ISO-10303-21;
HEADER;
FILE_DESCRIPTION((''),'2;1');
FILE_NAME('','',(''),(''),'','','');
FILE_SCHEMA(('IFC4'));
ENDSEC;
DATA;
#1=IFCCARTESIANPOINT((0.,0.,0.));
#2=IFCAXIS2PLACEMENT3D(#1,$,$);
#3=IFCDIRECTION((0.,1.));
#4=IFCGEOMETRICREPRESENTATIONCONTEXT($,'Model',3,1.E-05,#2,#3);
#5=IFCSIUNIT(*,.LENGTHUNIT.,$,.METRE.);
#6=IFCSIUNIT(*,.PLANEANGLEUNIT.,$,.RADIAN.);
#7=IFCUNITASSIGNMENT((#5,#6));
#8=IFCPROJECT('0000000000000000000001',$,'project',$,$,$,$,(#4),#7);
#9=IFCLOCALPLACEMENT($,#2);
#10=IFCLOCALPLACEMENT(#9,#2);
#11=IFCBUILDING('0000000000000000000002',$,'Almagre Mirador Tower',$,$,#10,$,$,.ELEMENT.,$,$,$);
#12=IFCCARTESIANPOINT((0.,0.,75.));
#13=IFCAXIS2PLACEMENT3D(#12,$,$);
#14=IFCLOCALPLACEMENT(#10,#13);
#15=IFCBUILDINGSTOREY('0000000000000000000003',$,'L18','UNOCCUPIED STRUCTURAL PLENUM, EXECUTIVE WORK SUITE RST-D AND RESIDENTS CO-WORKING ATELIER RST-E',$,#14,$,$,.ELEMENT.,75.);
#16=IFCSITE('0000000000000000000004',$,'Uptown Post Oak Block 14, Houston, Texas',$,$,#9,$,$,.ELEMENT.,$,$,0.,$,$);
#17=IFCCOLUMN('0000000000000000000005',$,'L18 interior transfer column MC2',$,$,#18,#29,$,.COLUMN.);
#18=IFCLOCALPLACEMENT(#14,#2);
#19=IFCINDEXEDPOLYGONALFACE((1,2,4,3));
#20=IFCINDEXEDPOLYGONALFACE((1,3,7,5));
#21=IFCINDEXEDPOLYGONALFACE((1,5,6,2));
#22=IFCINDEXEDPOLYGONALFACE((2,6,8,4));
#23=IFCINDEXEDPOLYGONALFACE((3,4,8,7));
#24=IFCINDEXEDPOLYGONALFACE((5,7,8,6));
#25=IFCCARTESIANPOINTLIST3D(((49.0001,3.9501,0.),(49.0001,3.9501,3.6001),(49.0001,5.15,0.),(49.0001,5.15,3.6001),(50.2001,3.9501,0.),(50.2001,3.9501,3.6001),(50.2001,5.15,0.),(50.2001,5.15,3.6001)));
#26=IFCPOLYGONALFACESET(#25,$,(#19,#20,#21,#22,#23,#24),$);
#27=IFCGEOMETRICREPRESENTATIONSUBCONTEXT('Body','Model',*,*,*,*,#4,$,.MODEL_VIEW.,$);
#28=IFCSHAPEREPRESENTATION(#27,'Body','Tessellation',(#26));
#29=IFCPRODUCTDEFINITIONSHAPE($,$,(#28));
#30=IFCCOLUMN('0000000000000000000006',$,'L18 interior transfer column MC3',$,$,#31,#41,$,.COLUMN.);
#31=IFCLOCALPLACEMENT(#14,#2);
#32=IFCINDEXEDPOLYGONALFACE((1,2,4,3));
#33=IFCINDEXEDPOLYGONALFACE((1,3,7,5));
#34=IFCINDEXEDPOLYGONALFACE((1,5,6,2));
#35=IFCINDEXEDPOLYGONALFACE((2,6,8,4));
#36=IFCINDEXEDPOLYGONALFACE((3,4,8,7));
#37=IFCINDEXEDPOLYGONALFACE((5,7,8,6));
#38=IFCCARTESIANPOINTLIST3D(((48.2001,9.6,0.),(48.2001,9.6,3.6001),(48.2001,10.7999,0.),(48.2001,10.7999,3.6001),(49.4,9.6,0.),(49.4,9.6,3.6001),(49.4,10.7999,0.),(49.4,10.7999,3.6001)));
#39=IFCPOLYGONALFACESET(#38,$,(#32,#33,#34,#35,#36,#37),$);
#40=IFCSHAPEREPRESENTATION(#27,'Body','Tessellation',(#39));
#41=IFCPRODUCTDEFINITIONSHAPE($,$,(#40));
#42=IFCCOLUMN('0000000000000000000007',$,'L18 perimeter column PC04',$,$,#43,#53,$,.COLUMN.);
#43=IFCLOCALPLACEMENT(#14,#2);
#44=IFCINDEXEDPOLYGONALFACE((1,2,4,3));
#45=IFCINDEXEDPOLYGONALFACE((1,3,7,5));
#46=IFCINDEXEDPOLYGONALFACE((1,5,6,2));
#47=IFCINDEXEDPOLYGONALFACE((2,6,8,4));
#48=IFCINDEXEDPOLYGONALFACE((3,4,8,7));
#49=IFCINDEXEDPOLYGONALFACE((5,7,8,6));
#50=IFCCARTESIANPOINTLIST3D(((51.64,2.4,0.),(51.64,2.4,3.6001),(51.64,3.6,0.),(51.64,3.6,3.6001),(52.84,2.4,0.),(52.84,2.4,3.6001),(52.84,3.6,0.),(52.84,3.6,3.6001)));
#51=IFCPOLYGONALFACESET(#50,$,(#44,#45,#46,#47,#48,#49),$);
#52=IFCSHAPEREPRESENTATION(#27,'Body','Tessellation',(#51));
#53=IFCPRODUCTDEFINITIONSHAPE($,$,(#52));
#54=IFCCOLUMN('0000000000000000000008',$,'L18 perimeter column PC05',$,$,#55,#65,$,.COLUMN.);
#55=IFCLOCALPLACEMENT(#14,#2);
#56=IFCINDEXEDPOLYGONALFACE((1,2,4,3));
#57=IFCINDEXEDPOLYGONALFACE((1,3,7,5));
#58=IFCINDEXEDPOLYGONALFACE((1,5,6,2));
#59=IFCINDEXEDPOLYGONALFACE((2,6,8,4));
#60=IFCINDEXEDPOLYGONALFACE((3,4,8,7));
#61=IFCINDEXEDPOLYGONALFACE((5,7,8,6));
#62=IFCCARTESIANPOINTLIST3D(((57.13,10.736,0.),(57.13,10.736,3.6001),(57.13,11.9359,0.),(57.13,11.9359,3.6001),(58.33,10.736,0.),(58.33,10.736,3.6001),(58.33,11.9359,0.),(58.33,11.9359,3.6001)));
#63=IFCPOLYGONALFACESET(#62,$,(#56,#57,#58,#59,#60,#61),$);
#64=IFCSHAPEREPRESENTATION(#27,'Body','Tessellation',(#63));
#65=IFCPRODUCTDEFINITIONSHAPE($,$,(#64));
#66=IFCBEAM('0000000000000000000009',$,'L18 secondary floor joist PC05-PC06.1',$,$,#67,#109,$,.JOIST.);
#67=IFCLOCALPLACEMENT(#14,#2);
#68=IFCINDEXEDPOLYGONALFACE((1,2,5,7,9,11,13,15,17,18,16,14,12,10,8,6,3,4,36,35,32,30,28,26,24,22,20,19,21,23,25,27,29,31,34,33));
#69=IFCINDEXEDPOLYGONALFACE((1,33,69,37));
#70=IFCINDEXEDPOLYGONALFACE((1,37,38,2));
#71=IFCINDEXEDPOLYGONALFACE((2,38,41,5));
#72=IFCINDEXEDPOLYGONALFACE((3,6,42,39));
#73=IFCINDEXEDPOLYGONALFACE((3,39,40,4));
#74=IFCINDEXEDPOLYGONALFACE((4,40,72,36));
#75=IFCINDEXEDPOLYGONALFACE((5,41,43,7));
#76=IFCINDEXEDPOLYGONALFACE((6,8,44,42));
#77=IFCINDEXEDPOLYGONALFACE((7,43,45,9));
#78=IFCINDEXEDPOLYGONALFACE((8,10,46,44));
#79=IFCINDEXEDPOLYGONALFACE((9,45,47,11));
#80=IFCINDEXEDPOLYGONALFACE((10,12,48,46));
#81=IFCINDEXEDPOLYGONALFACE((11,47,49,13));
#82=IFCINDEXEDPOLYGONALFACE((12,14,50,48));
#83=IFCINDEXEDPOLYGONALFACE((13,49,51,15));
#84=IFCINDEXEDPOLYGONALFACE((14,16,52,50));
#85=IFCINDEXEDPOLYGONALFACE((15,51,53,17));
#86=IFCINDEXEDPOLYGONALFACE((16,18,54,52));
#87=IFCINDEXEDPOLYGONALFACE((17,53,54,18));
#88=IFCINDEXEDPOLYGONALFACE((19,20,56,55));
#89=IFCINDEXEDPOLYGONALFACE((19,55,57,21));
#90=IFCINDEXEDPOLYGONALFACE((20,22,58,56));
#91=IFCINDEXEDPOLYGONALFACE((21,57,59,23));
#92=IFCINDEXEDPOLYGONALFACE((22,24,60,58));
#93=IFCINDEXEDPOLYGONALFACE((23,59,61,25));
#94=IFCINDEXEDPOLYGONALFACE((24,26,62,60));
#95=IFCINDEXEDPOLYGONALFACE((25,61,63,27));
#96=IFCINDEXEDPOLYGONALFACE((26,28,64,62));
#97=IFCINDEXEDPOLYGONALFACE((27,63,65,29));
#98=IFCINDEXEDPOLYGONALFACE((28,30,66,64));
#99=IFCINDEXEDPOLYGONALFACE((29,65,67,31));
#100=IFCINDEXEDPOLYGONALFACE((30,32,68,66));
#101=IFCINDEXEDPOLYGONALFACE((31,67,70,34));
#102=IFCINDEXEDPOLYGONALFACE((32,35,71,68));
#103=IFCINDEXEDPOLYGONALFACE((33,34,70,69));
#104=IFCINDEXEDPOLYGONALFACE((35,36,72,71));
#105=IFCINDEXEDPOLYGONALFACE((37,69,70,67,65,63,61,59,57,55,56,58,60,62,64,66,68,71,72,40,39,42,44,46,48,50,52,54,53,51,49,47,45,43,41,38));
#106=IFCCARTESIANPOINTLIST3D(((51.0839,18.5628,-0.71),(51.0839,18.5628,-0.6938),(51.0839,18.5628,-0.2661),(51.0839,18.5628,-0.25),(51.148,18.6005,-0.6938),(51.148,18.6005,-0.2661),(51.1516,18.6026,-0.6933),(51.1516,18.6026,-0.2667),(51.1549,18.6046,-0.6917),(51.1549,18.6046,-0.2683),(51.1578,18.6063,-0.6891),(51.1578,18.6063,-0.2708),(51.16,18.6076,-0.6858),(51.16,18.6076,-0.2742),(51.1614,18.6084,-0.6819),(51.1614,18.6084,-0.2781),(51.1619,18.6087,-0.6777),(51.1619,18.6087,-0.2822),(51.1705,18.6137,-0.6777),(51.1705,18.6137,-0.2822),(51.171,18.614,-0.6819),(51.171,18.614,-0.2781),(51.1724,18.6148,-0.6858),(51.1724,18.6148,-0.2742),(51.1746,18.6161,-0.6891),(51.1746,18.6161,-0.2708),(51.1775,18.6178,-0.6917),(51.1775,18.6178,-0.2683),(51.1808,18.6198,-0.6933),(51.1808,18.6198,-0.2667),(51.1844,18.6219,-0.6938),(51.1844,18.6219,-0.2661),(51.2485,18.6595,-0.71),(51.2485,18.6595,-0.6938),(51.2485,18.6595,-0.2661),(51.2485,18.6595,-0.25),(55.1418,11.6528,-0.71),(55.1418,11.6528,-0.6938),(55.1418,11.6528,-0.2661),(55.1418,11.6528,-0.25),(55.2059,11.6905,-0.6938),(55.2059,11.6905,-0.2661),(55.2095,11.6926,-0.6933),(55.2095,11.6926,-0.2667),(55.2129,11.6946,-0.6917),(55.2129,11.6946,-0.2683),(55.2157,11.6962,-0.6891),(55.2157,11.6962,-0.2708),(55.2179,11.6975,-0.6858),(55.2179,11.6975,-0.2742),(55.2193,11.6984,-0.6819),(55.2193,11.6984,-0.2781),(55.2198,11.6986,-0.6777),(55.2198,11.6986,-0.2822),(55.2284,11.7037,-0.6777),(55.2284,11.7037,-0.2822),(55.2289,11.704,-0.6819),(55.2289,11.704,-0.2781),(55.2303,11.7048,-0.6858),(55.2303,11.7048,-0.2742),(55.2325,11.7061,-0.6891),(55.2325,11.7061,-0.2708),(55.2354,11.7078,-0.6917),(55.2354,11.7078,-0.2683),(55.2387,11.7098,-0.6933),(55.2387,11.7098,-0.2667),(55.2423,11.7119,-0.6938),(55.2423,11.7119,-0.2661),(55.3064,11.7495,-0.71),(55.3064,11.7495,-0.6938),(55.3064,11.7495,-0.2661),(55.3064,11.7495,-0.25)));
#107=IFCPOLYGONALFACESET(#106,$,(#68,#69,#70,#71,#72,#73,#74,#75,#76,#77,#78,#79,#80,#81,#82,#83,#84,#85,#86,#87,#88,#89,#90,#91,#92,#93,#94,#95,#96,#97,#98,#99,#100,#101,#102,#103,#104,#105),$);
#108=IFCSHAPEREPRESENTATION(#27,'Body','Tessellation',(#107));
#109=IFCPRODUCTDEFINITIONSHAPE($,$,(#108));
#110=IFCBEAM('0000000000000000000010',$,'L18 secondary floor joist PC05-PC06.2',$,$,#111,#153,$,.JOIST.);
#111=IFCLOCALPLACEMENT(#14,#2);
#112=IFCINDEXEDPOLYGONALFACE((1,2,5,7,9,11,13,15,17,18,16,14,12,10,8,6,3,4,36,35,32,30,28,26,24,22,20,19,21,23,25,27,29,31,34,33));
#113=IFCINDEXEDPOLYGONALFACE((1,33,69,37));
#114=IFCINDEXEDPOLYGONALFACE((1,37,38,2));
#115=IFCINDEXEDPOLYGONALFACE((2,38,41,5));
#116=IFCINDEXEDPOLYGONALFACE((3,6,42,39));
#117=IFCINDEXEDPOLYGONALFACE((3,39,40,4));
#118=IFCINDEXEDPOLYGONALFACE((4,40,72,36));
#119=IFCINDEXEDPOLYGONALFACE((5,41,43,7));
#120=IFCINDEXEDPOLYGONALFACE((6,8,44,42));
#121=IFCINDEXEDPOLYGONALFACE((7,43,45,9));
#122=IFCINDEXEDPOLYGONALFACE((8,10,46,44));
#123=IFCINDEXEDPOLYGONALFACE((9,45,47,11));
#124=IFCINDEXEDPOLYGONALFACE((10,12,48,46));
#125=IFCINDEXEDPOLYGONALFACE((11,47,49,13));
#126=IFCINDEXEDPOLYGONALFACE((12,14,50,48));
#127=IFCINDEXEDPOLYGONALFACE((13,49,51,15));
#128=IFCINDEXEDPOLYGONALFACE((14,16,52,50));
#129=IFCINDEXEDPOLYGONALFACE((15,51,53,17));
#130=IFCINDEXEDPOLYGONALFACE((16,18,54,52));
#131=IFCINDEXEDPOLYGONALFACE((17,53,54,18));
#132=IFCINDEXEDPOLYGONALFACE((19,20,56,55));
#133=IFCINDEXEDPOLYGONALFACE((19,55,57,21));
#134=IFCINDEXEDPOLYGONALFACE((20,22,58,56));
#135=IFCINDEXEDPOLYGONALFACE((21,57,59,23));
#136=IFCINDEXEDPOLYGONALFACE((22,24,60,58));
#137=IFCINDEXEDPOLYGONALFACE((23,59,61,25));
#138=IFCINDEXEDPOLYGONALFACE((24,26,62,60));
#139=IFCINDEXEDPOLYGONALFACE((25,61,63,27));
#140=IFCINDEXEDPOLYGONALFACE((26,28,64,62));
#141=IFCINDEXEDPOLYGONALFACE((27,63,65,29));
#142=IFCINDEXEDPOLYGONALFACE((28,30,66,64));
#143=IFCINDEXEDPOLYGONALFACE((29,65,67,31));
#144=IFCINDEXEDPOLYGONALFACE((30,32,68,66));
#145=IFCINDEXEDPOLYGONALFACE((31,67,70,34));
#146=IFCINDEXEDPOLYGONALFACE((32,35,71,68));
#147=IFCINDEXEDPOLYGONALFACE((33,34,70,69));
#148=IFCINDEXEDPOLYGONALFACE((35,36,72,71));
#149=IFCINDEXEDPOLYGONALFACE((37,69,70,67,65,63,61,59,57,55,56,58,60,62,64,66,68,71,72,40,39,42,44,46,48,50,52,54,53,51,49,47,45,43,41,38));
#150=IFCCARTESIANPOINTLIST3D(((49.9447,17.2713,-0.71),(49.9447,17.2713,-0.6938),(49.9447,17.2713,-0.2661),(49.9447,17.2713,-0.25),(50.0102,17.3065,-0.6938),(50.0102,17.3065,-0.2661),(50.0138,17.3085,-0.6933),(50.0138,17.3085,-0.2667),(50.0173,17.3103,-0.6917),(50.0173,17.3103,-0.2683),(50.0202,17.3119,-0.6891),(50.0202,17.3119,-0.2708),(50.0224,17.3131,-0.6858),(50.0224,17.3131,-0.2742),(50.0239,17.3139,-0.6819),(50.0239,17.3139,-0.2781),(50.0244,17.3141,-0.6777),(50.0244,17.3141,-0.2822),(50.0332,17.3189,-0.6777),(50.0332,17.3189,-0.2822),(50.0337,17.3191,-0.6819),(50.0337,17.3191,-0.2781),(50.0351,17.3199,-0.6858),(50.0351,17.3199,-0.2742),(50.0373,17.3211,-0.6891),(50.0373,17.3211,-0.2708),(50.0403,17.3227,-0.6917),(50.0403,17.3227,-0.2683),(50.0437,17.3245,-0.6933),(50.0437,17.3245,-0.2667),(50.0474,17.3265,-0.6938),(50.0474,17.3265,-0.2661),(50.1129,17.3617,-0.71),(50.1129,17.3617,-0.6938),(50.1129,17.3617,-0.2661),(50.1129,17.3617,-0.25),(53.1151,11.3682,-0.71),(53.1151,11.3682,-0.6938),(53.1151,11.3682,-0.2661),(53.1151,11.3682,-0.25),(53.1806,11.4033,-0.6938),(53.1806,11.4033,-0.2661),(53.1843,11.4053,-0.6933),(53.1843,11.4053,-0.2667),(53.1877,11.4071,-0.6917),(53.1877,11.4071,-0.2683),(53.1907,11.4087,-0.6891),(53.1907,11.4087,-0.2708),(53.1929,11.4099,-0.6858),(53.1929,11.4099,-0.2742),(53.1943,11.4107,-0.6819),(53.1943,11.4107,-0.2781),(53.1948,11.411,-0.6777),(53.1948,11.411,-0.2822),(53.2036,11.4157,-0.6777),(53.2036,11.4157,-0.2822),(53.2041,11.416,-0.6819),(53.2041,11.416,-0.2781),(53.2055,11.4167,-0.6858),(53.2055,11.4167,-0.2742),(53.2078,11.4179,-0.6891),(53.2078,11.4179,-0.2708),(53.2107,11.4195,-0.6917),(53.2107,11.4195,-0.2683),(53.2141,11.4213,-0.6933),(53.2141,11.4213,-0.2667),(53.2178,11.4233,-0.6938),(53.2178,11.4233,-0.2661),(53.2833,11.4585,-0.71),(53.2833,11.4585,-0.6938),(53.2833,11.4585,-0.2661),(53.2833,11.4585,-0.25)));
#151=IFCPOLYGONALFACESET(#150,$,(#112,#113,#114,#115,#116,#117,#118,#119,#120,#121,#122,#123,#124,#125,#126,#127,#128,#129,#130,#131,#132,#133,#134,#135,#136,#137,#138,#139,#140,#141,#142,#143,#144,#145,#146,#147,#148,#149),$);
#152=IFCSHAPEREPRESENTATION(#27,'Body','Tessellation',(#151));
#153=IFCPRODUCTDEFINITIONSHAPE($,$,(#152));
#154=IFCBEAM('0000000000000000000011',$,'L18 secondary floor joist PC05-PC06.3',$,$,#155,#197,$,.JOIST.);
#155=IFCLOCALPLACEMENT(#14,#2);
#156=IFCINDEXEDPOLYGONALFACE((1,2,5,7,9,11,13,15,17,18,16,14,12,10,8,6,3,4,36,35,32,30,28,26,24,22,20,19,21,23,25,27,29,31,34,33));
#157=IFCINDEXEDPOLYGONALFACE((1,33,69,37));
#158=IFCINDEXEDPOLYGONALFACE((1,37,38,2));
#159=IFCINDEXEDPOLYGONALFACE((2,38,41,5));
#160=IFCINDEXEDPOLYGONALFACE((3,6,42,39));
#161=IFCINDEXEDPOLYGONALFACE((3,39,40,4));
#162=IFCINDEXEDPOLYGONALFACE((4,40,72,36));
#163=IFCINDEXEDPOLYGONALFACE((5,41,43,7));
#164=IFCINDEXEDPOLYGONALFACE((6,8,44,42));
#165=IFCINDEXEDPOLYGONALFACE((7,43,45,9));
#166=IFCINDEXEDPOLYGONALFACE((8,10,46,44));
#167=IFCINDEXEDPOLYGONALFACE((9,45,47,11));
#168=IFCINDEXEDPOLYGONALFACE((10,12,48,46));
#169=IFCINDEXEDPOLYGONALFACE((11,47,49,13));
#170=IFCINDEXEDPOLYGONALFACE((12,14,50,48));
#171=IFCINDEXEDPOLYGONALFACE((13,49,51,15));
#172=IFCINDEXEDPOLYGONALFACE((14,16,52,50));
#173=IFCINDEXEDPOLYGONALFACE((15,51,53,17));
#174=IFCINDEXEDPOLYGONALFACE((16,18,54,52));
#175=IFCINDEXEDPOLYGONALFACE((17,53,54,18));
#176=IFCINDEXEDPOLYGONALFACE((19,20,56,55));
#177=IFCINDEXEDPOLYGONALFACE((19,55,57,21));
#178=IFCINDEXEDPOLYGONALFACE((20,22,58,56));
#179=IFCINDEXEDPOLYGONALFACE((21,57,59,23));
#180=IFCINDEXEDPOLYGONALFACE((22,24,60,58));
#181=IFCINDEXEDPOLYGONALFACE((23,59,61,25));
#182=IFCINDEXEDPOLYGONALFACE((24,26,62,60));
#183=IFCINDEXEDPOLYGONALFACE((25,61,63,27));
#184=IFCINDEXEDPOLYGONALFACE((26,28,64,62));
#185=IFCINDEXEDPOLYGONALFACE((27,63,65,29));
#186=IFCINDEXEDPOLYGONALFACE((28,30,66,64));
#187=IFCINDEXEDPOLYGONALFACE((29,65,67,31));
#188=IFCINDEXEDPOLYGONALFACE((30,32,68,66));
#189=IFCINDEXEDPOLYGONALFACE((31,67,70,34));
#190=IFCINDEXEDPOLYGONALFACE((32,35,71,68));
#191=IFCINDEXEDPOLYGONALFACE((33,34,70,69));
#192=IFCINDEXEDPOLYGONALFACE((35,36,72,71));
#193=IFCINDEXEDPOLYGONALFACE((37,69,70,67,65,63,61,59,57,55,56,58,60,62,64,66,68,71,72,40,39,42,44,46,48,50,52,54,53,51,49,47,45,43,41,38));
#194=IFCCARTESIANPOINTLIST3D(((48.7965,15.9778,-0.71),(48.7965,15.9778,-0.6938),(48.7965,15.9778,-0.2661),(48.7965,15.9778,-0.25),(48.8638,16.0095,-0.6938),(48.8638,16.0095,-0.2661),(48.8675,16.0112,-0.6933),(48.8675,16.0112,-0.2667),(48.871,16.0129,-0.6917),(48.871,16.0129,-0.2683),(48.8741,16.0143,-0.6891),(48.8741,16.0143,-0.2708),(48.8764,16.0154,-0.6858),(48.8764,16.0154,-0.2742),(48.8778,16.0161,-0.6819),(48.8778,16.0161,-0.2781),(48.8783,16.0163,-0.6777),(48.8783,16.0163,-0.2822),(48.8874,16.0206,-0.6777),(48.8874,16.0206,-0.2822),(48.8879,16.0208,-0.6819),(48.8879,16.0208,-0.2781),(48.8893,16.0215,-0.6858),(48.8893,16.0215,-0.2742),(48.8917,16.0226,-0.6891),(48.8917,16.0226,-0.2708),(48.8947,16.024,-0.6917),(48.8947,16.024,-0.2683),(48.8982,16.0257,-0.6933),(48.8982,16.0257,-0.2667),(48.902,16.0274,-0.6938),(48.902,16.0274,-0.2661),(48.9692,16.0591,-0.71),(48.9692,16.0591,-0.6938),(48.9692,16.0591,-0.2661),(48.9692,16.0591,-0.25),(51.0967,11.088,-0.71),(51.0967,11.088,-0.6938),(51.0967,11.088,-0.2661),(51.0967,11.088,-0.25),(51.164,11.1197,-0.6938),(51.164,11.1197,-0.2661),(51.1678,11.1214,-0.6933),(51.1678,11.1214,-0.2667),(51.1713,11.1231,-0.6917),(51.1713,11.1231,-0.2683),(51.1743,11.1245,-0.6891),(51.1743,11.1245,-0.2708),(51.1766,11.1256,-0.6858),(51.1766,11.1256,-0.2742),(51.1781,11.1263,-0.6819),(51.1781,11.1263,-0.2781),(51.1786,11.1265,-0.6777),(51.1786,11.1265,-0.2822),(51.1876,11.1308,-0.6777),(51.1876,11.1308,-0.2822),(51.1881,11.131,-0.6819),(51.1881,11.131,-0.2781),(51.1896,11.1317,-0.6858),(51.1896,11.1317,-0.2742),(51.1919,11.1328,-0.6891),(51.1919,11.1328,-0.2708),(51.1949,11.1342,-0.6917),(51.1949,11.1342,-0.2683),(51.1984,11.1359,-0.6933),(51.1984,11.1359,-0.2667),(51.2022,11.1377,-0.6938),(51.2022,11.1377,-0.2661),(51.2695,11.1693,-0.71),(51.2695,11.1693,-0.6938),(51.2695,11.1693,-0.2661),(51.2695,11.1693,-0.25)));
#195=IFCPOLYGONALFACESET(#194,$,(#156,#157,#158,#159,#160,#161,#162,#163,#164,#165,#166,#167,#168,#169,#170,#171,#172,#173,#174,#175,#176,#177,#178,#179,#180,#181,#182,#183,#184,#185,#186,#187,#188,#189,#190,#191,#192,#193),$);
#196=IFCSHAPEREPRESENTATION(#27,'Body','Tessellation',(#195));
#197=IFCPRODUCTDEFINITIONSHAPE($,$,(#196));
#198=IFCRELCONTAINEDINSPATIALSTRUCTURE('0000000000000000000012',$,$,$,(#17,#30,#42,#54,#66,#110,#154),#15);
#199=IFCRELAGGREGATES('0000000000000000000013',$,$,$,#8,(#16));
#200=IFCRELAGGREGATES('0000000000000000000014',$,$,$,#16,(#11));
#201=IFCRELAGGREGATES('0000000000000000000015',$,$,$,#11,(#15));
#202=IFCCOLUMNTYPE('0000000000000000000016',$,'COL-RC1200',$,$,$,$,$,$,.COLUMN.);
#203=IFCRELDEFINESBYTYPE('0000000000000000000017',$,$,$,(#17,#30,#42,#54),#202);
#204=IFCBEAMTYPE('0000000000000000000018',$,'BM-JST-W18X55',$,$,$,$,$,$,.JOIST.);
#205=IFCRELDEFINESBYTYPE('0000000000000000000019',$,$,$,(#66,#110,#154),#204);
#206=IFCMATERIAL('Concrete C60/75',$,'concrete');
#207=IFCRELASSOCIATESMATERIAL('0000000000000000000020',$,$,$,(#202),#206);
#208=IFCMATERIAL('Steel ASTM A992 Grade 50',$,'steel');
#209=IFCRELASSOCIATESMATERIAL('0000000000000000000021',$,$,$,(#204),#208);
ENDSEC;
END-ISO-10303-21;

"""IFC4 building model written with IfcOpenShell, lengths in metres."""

from ifc_helpers import new_model, si_unit, direction, frame, origin, origin_2d, place, context, subcontext, project, spatial, rectangle, i_section, extrude, material, material_profile, profile_set, type_object, element, save


model = new_model("IFC4")

# Units and contexts
model_context = context("Model", 3, precision=1e-05, world=origin(), true_north=direction((0.0, 1.0)))
body_context = subcontext(model_context, "Body", "Model", "MODEL_VIEW")
ifc_project = project(units=[si_unit("LENGTHUNIT", "METRE"), si_unit("PLANEANGLEUNIT", "RADIAN")], contexts=[model_context])

# Site, building, storey
site_placement = place(None, origin())
site = spatial("IfcSite", under=ifc_project, at=site_placement, Name="Uptown Post Oak Block 14, Houston, Texas", CompositionType="ELEMENT", RefElevation=0.0)
building_placement = place(site_placement, origin())
building = spatial("IfcBuilding", under=site, at=building_placement, Name="Almagre Mirador Tower", CompositionType="ELEMENT")
storey_placement = place(building_placement, frame((0.0, 0.0, 75.0)))
storey = spatial("IfcBuildingStorey", under=building, at=storey_placement, Name="L18", Description="UNOCCUPIED STRUCTURAL PLENUM, EXECUTIVE WORK SUITE RST-D AND RESIDENTS CO-WORKING ATELIER RST-E", CompositionType="ELEMENT", Elevation=75.0)

# Columns
ifc_material_1 = material(Name="Concrete C60/75", Category="concrete")
ifc_material_profile_1 = material_profile(ifc_material_1, rectangle(XDim=1.2, YDim=1.2, at=origin_2d()), Name="RC1200X1200")
ifc_profile_set_1 = profile_set([ifc_material_profile_1], Name="Concrete C60/75")
column_type = type_object("IfcColumnType", Name="COL-RC1200", PredefinedType="COLUMN", material=ifc_profile_set_1)
for number, where, z_axis, x_axis, name in (
    (1, (49.6001, 4.55, 0.0), (0.0, 0.0, 1.0), (1.0, 0.0, 0.0), "L18 interior transfer column MC2"),
    (2, (48.8, 10.2, 0.0), (0.0, 0.0, 1.0), (1.0, 0.0, 0.0), "L18 interior transfer column MC3"),
    (3, (52.24, 3.0, 0.0), (0.0, 0.0, 1.0), (1.0, 0.0, 0.0), "L18 perimeter column PC04"),
    (4, (57.73, 11.3359, 0.0), (0.0, 0.0, 1.0), (1.0, 0.0, 0.0), "L18 perimeter column PC05"),
):
    element("IfcColumn", number, at=place(storey_placement, frame(where, z_axis=z_axis, x_axis=x_axis)), inside=storey, type_object=column_type, Name=name, PredefinedType="COLUMN", context=body_context, shape_type="SweptSolid", body=[
        extrude(rectangle(XDim=1.2, YDim=1.2, at=origin_2d()), origin(), (0.0, 0.0, 1.0), 3.6001),
    ])

# Beams
ifc_material_2 = material(Name="Steel ASTM A992 Grade 50", Category="steel")
ifc_material_profile_2 = material_profile(ifc_material_2, i_section(OverallWidth=0.1909, OverallDepth=0.46, WebThickness=0.01, FlangeThickness=0.0161, FilletRadius=0.0161, at=origin_2d()), Name="W18X55")
ifc_profile_set_2 = profile_set([ifc_material_profile_2], Name="Steel ASTM A992 Grade 50")
beam_type_1 = type_object("IfcBeamType", Name="BM-JST-W18X55", PredefinedType="JOIST", material=ifc_profile_set_2)
beam_1_placement = place(storey_placement, frame((55.2241, 11.7012, -0.48), z_axis=(-0.50639, 0.862304, 0.0), x_axis=(-0.862304, -0.50639, 0.0)))
element("IfcBeam", 5, at=beam_1_placement, inside=storey, type_object=beam_type_1, Name="L18 secondary floor joist PC05-PC06.1", PredefinedType="JOIST", context=body_context, shape_type="SweptSolid", body=[
    extrude(i_section(OverallWidth=0.1909, OverallDepth=0.46, WebThickness=0.01, FlangeThickness=0.0161, FilletRadius=0.0161, at=origin_2d()), origin(), (0.0, 0.0, 1.0), 8.0134),
])
beam_2_placement = place(storey_placement, frame((53.1992, 11.4133, -0.48), z_axis=(-0.473154, 0.88098, 0.0), x_axis=(-0.88098, -0.473154, 0.0)))
element("IfcBeam", 6, at=beam_2_placement, inside=storey, type_object=beam_type_1, Name="L18 secondary floor joist PC05-PC06.2", PredefinedType="JOIST", context=body_context, shape_type="SweptSolid", body=[
    extrude(i_section(OverallWidth=0.1909, OverallDepth=0.46, WebThickness=0.01, FlangeThickness=0.0161, FilletRadius=0.0161, at=origin_2d()), origin(), (0.0, 0.0, 1.0), 6.7007),
])
beam_3_placement = place(storey_placement, frame((51.1831, 11.1287, -0.48), z_axis=(-0.425671, 0.904878, 0.0), x_axis=(-0.904878, -0.425671, 0.0)))
element("IfcBeam", 7, at=beam_3_placement, inside=storey, type_object=beam_type_1, Name="L18 secondary floor joist PC05-PC06.3", PredefinedType="JOIST", context=body_context, shape_type="SweptSolid", body=[
    extrude(i_section(OverallWidth=0.1909, OverallDepth=0.46, WebThickness=0.01, FlangeThickness=0.0161, FilletRadius=0.0161, at=origin_2d()), origin(), (0.0, 0.0, 1.0), 5.4038),
])

save(model, "model.ifc")
